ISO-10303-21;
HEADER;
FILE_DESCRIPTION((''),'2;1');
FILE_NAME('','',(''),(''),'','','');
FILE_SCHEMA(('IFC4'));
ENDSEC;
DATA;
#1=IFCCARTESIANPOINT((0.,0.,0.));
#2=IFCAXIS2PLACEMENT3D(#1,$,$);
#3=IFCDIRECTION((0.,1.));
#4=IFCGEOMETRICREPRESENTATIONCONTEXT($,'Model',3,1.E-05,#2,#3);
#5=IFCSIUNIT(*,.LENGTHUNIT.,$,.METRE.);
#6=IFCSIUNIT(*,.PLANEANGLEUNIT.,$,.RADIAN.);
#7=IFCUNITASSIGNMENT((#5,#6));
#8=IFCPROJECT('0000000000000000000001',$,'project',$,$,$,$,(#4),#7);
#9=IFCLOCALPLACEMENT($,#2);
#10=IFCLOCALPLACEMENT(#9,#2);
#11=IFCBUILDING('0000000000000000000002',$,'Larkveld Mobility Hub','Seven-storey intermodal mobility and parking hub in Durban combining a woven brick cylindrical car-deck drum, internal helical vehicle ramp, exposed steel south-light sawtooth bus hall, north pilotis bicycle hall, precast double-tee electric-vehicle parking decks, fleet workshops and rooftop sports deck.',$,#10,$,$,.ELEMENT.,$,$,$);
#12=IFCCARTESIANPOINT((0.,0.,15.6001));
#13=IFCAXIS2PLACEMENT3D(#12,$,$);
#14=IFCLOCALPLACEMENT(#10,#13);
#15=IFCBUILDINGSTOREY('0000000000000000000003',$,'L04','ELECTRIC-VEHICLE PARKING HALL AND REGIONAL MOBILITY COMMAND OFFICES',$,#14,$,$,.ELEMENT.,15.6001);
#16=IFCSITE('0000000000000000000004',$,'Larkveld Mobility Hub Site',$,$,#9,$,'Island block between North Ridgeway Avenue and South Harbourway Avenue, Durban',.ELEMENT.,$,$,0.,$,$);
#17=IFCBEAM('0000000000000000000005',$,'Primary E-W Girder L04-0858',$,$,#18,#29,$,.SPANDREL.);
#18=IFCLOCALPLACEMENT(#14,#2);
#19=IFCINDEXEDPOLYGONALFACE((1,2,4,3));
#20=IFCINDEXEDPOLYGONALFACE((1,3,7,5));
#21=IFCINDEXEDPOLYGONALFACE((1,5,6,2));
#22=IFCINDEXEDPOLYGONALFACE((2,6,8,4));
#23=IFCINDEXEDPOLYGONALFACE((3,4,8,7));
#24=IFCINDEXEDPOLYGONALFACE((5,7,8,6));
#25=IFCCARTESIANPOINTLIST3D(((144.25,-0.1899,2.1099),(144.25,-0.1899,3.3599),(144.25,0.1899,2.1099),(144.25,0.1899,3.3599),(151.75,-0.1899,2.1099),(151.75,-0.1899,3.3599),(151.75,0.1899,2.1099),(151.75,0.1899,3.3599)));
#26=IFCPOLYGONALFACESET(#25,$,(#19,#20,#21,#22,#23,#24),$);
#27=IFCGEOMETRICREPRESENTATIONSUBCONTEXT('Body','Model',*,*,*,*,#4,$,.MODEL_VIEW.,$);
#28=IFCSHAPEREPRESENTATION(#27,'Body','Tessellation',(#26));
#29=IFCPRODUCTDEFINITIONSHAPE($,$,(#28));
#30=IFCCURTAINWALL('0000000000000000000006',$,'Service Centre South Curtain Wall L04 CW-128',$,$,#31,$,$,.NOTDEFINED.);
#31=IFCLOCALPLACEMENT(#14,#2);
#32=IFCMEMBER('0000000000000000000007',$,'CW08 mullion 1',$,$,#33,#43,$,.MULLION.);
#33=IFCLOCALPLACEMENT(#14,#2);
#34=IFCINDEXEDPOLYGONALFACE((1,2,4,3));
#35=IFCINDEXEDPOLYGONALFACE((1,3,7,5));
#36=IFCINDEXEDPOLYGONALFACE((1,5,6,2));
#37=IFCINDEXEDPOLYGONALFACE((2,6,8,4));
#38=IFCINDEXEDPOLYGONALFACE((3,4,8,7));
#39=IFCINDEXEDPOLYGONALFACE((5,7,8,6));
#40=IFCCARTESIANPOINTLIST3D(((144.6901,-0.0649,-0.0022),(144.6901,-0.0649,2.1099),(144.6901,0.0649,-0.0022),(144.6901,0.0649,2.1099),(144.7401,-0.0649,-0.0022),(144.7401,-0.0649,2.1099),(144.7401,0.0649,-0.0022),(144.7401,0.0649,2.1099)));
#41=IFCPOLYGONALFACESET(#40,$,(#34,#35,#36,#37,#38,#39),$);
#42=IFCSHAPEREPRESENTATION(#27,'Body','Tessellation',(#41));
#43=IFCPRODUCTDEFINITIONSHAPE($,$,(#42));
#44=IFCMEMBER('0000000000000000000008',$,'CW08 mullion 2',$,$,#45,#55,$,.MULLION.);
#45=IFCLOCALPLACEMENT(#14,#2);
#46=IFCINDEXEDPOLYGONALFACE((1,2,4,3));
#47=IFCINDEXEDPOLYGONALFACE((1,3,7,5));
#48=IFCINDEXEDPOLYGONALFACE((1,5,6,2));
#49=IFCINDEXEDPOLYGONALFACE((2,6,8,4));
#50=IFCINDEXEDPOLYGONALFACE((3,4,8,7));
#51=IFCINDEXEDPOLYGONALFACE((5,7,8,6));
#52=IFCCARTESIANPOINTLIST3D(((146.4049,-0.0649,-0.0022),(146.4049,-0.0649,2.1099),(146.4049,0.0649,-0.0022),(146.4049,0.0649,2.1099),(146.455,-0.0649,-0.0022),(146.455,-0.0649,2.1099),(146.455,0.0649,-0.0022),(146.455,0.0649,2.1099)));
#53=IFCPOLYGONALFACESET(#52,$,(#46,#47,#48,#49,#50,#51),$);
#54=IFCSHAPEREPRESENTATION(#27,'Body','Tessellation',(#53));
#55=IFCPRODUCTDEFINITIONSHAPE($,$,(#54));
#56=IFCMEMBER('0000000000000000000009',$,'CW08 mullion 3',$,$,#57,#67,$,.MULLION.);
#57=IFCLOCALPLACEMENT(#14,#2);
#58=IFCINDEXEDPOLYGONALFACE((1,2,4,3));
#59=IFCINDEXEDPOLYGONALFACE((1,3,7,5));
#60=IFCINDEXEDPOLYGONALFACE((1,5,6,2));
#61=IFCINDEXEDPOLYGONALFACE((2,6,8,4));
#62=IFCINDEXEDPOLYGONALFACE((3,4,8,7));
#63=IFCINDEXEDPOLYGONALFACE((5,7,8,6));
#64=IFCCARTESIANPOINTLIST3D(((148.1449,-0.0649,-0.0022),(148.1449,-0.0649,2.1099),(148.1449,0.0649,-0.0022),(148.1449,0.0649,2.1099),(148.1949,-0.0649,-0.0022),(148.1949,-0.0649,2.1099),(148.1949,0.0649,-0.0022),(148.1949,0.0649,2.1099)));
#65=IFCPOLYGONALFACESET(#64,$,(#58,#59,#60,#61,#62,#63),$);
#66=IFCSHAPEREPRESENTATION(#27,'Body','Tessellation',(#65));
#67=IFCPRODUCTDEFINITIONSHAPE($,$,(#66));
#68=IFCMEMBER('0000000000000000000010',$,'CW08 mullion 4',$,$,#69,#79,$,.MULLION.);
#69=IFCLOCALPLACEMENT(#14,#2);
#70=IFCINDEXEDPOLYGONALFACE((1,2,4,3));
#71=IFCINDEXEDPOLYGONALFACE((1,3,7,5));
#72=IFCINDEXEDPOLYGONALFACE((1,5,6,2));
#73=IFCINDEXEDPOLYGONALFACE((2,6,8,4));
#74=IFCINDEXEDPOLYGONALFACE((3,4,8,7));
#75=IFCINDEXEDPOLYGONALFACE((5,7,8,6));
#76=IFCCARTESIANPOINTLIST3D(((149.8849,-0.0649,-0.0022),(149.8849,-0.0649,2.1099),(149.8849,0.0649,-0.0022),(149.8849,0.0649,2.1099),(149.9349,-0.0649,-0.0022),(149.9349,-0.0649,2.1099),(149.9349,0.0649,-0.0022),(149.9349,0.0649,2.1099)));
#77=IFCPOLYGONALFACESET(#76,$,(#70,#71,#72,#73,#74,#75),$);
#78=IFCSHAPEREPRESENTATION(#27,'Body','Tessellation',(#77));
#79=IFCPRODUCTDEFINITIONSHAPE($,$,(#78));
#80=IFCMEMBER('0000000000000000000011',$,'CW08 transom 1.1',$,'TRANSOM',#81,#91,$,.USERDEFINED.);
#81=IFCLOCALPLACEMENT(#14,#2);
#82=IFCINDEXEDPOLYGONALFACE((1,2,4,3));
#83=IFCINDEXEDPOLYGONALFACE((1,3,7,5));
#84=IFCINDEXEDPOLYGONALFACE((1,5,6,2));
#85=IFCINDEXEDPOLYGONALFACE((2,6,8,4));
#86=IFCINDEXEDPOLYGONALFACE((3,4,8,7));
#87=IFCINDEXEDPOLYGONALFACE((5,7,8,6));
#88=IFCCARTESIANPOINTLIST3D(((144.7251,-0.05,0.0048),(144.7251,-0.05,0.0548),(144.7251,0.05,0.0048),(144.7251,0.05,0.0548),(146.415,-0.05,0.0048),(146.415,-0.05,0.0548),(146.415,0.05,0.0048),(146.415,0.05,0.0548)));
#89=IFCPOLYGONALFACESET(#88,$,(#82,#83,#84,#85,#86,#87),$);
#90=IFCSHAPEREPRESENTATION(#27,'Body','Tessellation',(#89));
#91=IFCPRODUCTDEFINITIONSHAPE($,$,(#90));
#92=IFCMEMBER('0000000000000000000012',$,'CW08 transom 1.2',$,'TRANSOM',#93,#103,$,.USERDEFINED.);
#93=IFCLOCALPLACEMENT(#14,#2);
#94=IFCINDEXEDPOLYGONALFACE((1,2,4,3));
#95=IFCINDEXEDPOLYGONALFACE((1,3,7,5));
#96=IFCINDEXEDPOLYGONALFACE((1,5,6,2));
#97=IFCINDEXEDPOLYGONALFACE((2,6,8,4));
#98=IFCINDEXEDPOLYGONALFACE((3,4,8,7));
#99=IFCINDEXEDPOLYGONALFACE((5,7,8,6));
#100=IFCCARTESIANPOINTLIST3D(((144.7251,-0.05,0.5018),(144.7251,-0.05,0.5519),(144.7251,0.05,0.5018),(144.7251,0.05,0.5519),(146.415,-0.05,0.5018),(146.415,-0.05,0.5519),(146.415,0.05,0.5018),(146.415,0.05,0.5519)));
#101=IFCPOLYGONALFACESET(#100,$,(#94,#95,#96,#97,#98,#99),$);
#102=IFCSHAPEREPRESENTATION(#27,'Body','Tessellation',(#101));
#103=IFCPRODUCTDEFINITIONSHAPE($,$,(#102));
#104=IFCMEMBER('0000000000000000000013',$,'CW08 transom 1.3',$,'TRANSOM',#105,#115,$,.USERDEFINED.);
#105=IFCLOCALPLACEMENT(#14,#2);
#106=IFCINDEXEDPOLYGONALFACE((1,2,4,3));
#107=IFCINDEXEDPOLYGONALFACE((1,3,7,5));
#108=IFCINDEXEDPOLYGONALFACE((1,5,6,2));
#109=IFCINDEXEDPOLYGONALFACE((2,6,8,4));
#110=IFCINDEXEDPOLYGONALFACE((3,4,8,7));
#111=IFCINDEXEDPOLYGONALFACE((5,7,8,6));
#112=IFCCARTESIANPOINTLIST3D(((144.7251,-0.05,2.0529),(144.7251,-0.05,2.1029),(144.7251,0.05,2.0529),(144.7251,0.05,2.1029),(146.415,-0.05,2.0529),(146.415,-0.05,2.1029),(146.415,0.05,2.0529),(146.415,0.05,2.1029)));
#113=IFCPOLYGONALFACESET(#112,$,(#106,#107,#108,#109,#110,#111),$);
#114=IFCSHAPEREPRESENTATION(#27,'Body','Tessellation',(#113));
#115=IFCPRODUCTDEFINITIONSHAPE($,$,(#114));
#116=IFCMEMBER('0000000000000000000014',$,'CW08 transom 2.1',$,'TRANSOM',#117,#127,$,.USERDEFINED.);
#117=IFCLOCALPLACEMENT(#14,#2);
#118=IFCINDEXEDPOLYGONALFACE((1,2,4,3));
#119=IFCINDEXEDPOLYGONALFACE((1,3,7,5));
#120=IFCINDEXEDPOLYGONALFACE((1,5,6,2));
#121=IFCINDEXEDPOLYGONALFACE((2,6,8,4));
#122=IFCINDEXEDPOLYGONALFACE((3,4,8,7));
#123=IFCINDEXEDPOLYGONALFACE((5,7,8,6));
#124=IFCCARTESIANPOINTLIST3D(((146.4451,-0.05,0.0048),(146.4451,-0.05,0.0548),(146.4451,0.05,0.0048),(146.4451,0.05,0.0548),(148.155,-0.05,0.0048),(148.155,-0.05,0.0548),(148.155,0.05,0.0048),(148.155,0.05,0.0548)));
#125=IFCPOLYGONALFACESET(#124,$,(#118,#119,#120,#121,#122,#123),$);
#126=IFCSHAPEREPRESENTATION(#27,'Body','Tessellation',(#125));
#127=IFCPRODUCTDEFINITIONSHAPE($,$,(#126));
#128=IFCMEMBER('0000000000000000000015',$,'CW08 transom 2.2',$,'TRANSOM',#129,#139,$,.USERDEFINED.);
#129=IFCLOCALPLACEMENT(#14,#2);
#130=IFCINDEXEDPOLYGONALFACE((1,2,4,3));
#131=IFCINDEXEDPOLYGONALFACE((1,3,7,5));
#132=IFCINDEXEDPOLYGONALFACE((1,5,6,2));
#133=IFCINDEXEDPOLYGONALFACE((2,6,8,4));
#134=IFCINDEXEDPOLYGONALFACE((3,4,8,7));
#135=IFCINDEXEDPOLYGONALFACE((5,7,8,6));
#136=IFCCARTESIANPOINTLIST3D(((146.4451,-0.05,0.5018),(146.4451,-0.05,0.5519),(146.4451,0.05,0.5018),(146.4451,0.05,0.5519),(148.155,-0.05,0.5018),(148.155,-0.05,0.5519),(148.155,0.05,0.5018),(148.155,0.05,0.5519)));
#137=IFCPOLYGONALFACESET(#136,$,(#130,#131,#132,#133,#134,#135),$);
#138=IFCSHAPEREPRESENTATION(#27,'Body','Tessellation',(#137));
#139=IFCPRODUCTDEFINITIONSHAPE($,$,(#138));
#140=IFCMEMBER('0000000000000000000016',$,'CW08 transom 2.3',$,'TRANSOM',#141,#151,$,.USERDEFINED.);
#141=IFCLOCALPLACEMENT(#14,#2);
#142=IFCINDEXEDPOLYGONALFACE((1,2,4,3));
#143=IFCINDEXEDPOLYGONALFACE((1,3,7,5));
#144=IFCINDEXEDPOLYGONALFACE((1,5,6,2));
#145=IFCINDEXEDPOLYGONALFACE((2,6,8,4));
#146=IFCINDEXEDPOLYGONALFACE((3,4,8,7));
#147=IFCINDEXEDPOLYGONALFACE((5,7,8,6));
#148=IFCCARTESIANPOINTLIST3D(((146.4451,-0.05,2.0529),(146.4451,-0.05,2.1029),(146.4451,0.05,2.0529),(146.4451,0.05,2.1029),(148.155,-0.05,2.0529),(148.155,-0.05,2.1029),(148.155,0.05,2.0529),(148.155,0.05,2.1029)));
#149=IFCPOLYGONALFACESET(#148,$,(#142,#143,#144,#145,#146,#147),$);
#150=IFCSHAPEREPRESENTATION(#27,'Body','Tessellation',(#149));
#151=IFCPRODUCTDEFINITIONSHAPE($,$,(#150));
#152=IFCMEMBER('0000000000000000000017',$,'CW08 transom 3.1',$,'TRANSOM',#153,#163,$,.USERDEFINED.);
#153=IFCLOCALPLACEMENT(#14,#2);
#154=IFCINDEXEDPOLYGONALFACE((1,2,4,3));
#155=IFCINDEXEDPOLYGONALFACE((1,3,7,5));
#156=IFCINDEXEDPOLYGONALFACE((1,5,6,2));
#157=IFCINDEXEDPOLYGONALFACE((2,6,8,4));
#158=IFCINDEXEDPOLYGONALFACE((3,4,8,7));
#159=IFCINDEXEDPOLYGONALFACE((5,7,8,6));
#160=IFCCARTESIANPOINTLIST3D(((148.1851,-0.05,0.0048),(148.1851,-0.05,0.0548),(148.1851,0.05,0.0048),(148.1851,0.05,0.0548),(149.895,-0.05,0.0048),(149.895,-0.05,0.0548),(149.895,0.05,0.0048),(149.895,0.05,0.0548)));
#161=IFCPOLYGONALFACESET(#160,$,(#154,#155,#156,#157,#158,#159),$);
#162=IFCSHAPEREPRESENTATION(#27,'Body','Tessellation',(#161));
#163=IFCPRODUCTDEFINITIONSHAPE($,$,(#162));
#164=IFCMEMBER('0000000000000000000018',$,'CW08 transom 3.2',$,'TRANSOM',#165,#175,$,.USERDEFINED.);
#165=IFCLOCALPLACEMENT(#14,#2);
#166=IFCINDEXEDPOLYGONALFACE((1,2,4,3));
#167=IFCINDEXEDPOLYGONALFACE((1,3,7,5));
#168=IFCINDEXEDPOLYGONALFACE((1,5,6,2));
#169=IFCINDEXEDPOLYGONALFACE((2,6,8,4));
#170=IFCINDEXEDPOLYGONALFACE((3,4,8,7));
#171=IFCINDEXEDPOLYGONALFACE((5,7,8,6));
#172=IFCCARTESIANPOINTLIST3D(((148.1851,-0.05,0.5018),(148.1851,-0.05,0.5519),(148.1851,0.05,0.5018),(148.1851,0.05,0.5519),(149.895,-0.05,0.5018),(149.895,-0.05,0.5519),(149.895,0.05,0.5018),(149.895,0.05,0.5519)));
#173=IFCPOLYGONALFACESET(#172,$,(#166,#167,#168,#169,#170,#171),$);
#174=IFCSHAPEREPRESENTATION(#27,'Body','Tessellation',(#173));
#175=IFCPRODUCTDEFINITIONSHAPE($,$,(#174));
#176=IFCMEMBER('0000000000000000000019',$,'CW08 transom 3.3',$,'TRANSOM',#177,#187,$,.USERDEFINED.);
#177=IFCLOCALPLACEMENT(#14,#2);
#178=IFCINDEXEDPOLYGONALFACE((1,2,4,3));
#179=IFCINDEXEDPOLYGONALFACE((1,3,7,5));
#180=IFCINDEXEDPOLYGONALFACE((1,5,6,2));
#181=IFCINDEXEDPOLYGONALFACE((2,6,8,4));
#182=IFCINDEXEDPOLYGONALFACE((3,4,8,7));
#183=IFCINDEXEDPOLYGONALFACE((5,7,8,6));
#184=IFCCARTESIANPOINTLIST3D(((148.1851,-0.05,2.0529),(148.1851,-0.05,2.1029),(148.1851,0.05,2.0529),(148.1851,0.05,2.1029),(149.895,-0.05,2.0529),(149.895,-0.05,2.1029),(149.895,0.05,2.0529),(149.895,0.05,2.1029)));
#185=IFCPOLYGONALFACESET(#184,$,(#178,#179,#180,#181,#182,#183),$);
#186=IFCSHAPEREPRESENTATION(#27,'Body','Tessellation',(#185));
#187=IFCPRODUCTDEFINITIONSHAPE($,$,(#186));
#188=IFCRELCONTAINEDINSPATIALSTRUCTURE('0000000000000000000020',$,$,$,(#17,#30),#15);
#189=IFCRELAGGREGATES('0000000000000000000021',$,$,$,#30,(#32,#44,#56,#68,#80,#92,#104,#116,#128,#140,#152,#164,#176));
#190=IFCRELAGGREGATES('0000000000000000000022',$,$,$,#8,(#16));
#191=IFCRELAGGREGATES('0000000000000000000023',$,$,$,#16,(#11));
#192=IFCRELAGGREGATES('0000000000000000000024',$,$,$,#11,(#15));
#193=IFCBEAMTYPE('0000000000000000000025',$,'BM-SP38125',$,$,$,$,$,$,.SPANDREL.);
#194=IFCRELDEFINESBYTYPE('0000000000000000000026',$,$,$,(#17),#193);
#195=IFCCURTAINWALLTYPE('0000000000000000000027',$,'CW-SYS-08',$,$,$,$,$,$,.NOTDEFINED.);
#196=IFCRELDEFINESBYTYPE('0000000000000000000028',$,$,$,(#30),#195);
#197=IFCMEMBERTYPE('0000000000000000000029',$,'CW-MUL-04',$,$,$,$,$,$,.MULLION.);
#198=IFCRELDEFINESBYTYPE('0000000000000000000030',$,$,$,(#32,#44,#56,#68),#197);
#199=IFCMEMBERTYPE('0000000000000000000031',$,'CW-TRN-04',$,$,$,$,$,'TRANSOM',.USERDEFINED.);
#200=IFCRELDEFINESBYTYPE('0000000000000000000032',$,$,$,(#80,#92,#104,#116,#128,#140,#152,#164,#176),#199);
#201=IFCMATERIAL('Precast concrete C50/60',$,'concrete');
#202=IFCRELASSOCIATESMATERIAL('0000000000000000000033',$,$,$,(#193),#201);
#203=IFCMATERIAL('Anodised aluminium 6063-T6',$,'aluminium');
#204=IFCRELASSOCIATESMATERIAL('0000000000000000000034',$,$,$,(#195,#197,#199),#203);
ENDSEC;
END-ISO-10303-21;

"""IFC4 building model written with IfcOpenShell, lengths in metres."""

from ifc_helpers import new_model, si_unit, direction, frame, origin, origin_2d, place, context, subcontext, project, spatial, rectangle, extrude, material, material_profile, profile_set, type_object, element, aggregate, save


model = new_model("IFC4")

# Units and contexts
model_context = context("Model", 3, precision=1e-05, world=origin(), true_north=direction((0.0, 1.0)))
body_context = subcontext(model_context, "Body", "Model", "MODEL_VIEW")
ifc_project = project(units=[si_unit("LENGTHUNIT", "METRE"), si_unit("PLANEANGLEUNIT", "RADIAN")], contexts=[model_context])

# Site, building, storey
site_placement = place(None, origin())
site = spatial("IfcSite", under=ifc_project, at=site_placement, Name="Larkveld Mobility Hub Site", LongName="Island block between North Ridgeway Avenue and South Harbourway Avenue, Durban", CompositionType="ELEMENT", RefElevation=0.0)
building_placement = place(site_placement, origin())
building = spatial("IfcBuilding", under=site, at=building_placement, Name="Larkveld Mobility Hub", Description="Seven-storey intermodal mobility and parking hub in Durban combining a woven brick cylindrical car-deck drum, internal helical vehicle ramp, exposed steel south-light sawtooth bus hall, north pilotis bicycle hall, precast double-tee electric-vehicle parking decks, fleet workshops and rooftop sports deck.", CompositionType="ELEMENT")
storey_placement = place(building_placement, frame((0.0, 0.0, 15.6001)))
storey = spatial("IfcBuildingStorey", under=building, at=storey_placement, Name="L04", Description="ELECTRIC-VEHICLE PARKING HALL AND REGIONAL MOBILITY COMMAND OFFICES", CompositionType="ELEMENT", Elevation=15.6001)

# Beam
ifc_material_1 = material(Name="Precast concrete C50/60", Category="concrete")
ifc_material_profile_1 = material_profile(ifc_material_1, rectangle(XDim=0.3799, YDim=1.25, at=origin_2d()), Name="PC SP 380x1250")
ifc_profile_set_1 = profile_set([ifc_material_profile_1], Name="Precast concrete C50/60")
beam_type = type_object("IfcBeamType", Name="BM-SP38125", PredefinedType="SPANDREL", material=ifc_profile_set_1)
beam_placement = place(storey_placement, frame((144.25, 0.0, 2.7349), z_axis=(1.0, 0.0, 0.0), x_axis=(0.0, 1.0, 0.0)))
element("IfcBeam", 1, at=beam_placement, inside=storey, type_object=beam_type, Name="Primary E-W Girder L04-0858", PredefinedType="SPANDREL", context=body_context, shape_type="SweptSolid", body=[
    extrude(rectangle(XDim=0.3799, YDim=1.25, at=origin_2d()), origin(), (0.0, 0.0, 1.0), 7.5),
])

# Curtain wall, members
ifc_material_2 = material(Name="Anodised aluminium 6063-T6", Category="aluminium")
curtain_wall_type = type_object("IfcCurtainWallType", Name="CW-SYS-08", PredefinedType="NOTDEFINED", material=ifc_material_2)
curtain_wall_placement = place(storey_placement, origin())
curtain_wall = element("IfcCurtainWall", 2, at=curtain_wall_placement, inside=storey, type_object=curtain_wall_type, Name="Service Centre South Curtain Wall L04 CW-128", PredefinedType="NOTDEFINED")
ifc_material_profile_2 = material_profile(ifc_material_2, rectangle(XDim=0.05, YDim=0.1299, at=origin_2d()), Name="ALU MULL 50x130")
ifc_profile_set_2 = profile_set([ifc_material_profile_2], Name="Anodised aluminium 6063-T6")
member_type_1 = type_object("IfcMemberType", Name="CW-MUL-04", PredefinedType="MULLION", material=ifc_profile_set_2)
member_1_placement = place(storey_placement, frame((144.7151, 0.0, -0.0022), z_axis=(0.0, 0.0, 1.0), x_axis=(1.0, 0.0, 0.0)))
member_1 = element("IfcMember", 3, at=member_1_placement, type_object=member_type_1, Name="CW08 mullion 1", PredefinedType="MULLION", context=body_context, shape_type="SweptSolid", body=[
    extrude(rectangle(XDim=0.05, YDim=0.1299, at=origin_2d()), origin(), (0.0, 0.0, 1.0), 2.1121),
])
member_2_placement = place(storey_placement, frame((146.4299, 0.0, -0.0022), z_axis=(0.0, 0.0, 1.0), x_axis=(1.0, 0.0, 0.0)))
member_2 = element("IfcMember", 4, at=member_2_placement, type_object=member_type_1, Name="CW08 mullion 2", PredefinedType="MULLION", context=body_context, shape_type="SweptSolid", body=[
    extrude(rectangle(XDim=0.05, YDim=0.1299, at=origin_2d()), origin(), (0.0, 0.0, 1.0), 2.1121),
])
member_3_placement = place(storey_placement, frame((148.1699, 0.0, -0.0022), z_axis=(0.0, 0.0, 1.0), x_axis=(1.0, 0.0, 0.0)))
member_3 = element("IfcMember", 5, at=member_3_placement, type_object=member_type_1, Name="CW08 mullion 3", PredefinedType="MULLION", context=body_context, shape_type="SweptSolid", body=[
    extrude(rectangle(XDim=0.05, YDim=0.1299, at=origin_2d()), origin(), (0.0, 0.0, 1.0), 2.1121),
])
member_4_placement = place(storey_placement, frame((149.9099, 0.0, -0.0022), z_axis=(0.0, 0.0, 1.0), x_axis=(1.0, 0.0, 0.0)))
member_4 = element("IfcMember", 6, at=member_4_placement, type_object=member_type_1, Name="CW08 mullion 4", PredefinedType="MULLION", context=body_context, shape_type="SweptSolid", body=[
    extrude(rectangle(XDim=0.05, YDim=0.1299, at=origin_2d()), origin(), (0.0, 0.0, 1.0), 2.1121),
])
ifc_material_profile_3 = material_profile(ifc_material_2, rectangle(XDim=0.1001, YDim=0.05, at=origin_2d()), Name="ALU TRAN 50x100")
ifc_profile_set_3 = profile_set([ifc_material_profile_3], Name="Anodised aluminium 6063-T6")
member_type_2 = type_object("IfcMemberType", Name="CW-TRN-04", ElementType="TRANSOM", PredefinedType="USERDEFINED", material=ifc_profile_set_3)
member_5_placement = place(storey_placement, frame((144.7251, 0.0, 0.0298), z_axis=(1.0, 0.0, 0.0), x_axis=(0.0, 1.0, 0.0)))
member_5 = element("IfcMember", 7, at=member_5_placement, type_object=member_type_2, Name="CW08 transom 1.1", ObjectType="TRANSOM", PredefinedType="USERDEFINED", context=body_context, shape_type="SweptSolid", body=[
    extrude(rectangle(XDim=0.1001, YDim=0.05, at=origin_2d()), origin(), (0.0, 0.0, 1.0), 1.6899),
])
member_6_placement = place(storey_placement, frame((144.7251, 0.0, 0.5269), z_axis=(1.0, 0.0, 0.0), x_axis=(0.0, 1.0, 0.0)))
member_6 = element("IfcMember", 8, at=member_6_placement, type_object=member_type_2, Name="CW08 transom 1.2", ObjectType="TRANSOM", PredefinedType="USERDEFINED", context=body_context, shape_type="SweptSolid", body=[
    extrude(rectangle(XDim=0.1001, YDim=0.05, at=origin_2d()), origin(), (0.0, 0.0, 1.0), 1.6899),
])
member_7_placement = place(storey_placement, frame((144.7251, 0.0, 2.0779), z_axis=(1.0, 0.0, 0.0), x_axis=(0.0, 1.0, 0.0)))
member_7 = element("IfcMember", 9, at=member_7_placement, type_object=member_type_2, Name="CW08 transom 1.3", ObjectType="TRANSOM", PredefinedType="USERDEFINED", context=body_context, shape_type="SweptSolid", body=[
    extrude(rectangle(XDim=0.1001, YDim=0.05, at=origin_2d()), origin(), (0.0, 0.0, 1.0), 1.6899),
])
member_8_placement = place(storey_placement, frame((146.4451, 0.0, 0.0298), z_axis=(1.0, 0.0, 0.0), x_axis=(0.0, 1.0, 0.0)))
member_8 = element("IfcMember", 10, at=member_8_placement, type_object=member_type_2, Name="CW08 transom 2.1", ObjectType="TRANSOM", PredefinedType="USERDEFINED", context=body_context, shape_type="SweptSolid", body=[
    extrude(rectangle(XDim=0.1001, YDim=0.05, at=origin_2d()), origin(), (0.0, 0.0, 1.0), 1.71),
])
member_9_placement = place(storey_placement, frame((146.4451, 0.0, 0.5269), z_axis=(1.0, 0.0, 0.0), x_axis=(0.0, 1.0, 0.0)))
member_9 = element("IfcMember", 11, at=member_9_placement, type_object=member_type_2, Name="CW08 transom 2.2", ObjectType="TRANSOM", PredefinedType="USERDEFINED", context=body_context, shape_type="SweptSolid", body=[
    extrude(rectangle(XDim=0.1001, YDim=0.05, at=origin_2d()), origin(), (0.0, 0.0, 1.0), 1.71),
])
member_10_placement = place(storey_placement, frame((146.4451, 0.0, 2.0779), z_axis=(1.0, 0.0, 0.0), x_axis=(0.0, 1.0, 0.0)))
member_10 = element("IfcMember", 12, at=member_10_placement, type_object=member_type_2, Name="CW08 transom 2.3", ObjectType="TRANSOM", PredefinedType="USERDEFINED", context=body_context, shape_type="SweptSolid", body=[
    extrude(rectangle(XDim=0.1001, YDim=0.05, at=origin_2d()), origin(), (0.0, 0.0, 1.0), 1.71),
])
member_11_placement = place(storey_placement, frame((148.1851, 0.0, 0.0298), z_axis=(1.0, 0.0, 0.0), x_axis=(0.0, 1.0, 0.0)))
member_11 = element("IfcMember", 13, at=member_11_placement, type_object=member_type_2, Name="CW08 transom 3.1", ObjectType="TRANSOM", PredefinedType="USERDEFINED", context=body_context, shape_type="SweptSolid", body=[
    extrude(rectangle(XDim=0.1001, YDim=0.05, at=origin_2d()), origin(), (0.0, 0.0, 1.0), 1.71),
])
member_12_placement = place(storey_placement, frame((148.1851, 0.0, 0.5269), z_axis=(1.0, 0.0, 0.0), x_axis=(0.0, 1.0, 0.0)))
member_12 = element("IfcMember", 14, at=member_12_placement, type_object=member_type_2, Name="CW08 transom 3.2", ObjectType="TRANSOM", PredefinedType="USERDEFINED", context=body_context, shape_type="SweptSolid", body=[
    extrude(rectangle(XDim=0.1001, YDim=0.05, at=origin_2d()), origin(), (0.0, 0.0, 1.0), 1.71),
])
member_13_placement = place(storey_placement, frame((148.1851, 0.0, 2.0779), z_axis=(1.0, 0.0, 0.0), x_axis=(0.0, 1.0, 0.0)))
member_13 = element("IfcMember", 15, at=member_13_placement, type_object=member_type_2, Name="CW08 transom 3.3", ObjectType="TRANSOM", PredefinedType="USERDEFINED", context=body_context, shape_type="SweptSolid", body=[
    extrude(rectangle(XDim=0.1001, YDim=0.05, at=origin_2d()), origin(), (0.0, 0.0, 1.0), 1.71),
])
aggregate(curtain_wall, [member_1, member_2, member_3, member_4, member_5, member_6, member_7, member_8, member_9, member_10, member_11, member_12, member_13])

save(model, "model.ifc")
